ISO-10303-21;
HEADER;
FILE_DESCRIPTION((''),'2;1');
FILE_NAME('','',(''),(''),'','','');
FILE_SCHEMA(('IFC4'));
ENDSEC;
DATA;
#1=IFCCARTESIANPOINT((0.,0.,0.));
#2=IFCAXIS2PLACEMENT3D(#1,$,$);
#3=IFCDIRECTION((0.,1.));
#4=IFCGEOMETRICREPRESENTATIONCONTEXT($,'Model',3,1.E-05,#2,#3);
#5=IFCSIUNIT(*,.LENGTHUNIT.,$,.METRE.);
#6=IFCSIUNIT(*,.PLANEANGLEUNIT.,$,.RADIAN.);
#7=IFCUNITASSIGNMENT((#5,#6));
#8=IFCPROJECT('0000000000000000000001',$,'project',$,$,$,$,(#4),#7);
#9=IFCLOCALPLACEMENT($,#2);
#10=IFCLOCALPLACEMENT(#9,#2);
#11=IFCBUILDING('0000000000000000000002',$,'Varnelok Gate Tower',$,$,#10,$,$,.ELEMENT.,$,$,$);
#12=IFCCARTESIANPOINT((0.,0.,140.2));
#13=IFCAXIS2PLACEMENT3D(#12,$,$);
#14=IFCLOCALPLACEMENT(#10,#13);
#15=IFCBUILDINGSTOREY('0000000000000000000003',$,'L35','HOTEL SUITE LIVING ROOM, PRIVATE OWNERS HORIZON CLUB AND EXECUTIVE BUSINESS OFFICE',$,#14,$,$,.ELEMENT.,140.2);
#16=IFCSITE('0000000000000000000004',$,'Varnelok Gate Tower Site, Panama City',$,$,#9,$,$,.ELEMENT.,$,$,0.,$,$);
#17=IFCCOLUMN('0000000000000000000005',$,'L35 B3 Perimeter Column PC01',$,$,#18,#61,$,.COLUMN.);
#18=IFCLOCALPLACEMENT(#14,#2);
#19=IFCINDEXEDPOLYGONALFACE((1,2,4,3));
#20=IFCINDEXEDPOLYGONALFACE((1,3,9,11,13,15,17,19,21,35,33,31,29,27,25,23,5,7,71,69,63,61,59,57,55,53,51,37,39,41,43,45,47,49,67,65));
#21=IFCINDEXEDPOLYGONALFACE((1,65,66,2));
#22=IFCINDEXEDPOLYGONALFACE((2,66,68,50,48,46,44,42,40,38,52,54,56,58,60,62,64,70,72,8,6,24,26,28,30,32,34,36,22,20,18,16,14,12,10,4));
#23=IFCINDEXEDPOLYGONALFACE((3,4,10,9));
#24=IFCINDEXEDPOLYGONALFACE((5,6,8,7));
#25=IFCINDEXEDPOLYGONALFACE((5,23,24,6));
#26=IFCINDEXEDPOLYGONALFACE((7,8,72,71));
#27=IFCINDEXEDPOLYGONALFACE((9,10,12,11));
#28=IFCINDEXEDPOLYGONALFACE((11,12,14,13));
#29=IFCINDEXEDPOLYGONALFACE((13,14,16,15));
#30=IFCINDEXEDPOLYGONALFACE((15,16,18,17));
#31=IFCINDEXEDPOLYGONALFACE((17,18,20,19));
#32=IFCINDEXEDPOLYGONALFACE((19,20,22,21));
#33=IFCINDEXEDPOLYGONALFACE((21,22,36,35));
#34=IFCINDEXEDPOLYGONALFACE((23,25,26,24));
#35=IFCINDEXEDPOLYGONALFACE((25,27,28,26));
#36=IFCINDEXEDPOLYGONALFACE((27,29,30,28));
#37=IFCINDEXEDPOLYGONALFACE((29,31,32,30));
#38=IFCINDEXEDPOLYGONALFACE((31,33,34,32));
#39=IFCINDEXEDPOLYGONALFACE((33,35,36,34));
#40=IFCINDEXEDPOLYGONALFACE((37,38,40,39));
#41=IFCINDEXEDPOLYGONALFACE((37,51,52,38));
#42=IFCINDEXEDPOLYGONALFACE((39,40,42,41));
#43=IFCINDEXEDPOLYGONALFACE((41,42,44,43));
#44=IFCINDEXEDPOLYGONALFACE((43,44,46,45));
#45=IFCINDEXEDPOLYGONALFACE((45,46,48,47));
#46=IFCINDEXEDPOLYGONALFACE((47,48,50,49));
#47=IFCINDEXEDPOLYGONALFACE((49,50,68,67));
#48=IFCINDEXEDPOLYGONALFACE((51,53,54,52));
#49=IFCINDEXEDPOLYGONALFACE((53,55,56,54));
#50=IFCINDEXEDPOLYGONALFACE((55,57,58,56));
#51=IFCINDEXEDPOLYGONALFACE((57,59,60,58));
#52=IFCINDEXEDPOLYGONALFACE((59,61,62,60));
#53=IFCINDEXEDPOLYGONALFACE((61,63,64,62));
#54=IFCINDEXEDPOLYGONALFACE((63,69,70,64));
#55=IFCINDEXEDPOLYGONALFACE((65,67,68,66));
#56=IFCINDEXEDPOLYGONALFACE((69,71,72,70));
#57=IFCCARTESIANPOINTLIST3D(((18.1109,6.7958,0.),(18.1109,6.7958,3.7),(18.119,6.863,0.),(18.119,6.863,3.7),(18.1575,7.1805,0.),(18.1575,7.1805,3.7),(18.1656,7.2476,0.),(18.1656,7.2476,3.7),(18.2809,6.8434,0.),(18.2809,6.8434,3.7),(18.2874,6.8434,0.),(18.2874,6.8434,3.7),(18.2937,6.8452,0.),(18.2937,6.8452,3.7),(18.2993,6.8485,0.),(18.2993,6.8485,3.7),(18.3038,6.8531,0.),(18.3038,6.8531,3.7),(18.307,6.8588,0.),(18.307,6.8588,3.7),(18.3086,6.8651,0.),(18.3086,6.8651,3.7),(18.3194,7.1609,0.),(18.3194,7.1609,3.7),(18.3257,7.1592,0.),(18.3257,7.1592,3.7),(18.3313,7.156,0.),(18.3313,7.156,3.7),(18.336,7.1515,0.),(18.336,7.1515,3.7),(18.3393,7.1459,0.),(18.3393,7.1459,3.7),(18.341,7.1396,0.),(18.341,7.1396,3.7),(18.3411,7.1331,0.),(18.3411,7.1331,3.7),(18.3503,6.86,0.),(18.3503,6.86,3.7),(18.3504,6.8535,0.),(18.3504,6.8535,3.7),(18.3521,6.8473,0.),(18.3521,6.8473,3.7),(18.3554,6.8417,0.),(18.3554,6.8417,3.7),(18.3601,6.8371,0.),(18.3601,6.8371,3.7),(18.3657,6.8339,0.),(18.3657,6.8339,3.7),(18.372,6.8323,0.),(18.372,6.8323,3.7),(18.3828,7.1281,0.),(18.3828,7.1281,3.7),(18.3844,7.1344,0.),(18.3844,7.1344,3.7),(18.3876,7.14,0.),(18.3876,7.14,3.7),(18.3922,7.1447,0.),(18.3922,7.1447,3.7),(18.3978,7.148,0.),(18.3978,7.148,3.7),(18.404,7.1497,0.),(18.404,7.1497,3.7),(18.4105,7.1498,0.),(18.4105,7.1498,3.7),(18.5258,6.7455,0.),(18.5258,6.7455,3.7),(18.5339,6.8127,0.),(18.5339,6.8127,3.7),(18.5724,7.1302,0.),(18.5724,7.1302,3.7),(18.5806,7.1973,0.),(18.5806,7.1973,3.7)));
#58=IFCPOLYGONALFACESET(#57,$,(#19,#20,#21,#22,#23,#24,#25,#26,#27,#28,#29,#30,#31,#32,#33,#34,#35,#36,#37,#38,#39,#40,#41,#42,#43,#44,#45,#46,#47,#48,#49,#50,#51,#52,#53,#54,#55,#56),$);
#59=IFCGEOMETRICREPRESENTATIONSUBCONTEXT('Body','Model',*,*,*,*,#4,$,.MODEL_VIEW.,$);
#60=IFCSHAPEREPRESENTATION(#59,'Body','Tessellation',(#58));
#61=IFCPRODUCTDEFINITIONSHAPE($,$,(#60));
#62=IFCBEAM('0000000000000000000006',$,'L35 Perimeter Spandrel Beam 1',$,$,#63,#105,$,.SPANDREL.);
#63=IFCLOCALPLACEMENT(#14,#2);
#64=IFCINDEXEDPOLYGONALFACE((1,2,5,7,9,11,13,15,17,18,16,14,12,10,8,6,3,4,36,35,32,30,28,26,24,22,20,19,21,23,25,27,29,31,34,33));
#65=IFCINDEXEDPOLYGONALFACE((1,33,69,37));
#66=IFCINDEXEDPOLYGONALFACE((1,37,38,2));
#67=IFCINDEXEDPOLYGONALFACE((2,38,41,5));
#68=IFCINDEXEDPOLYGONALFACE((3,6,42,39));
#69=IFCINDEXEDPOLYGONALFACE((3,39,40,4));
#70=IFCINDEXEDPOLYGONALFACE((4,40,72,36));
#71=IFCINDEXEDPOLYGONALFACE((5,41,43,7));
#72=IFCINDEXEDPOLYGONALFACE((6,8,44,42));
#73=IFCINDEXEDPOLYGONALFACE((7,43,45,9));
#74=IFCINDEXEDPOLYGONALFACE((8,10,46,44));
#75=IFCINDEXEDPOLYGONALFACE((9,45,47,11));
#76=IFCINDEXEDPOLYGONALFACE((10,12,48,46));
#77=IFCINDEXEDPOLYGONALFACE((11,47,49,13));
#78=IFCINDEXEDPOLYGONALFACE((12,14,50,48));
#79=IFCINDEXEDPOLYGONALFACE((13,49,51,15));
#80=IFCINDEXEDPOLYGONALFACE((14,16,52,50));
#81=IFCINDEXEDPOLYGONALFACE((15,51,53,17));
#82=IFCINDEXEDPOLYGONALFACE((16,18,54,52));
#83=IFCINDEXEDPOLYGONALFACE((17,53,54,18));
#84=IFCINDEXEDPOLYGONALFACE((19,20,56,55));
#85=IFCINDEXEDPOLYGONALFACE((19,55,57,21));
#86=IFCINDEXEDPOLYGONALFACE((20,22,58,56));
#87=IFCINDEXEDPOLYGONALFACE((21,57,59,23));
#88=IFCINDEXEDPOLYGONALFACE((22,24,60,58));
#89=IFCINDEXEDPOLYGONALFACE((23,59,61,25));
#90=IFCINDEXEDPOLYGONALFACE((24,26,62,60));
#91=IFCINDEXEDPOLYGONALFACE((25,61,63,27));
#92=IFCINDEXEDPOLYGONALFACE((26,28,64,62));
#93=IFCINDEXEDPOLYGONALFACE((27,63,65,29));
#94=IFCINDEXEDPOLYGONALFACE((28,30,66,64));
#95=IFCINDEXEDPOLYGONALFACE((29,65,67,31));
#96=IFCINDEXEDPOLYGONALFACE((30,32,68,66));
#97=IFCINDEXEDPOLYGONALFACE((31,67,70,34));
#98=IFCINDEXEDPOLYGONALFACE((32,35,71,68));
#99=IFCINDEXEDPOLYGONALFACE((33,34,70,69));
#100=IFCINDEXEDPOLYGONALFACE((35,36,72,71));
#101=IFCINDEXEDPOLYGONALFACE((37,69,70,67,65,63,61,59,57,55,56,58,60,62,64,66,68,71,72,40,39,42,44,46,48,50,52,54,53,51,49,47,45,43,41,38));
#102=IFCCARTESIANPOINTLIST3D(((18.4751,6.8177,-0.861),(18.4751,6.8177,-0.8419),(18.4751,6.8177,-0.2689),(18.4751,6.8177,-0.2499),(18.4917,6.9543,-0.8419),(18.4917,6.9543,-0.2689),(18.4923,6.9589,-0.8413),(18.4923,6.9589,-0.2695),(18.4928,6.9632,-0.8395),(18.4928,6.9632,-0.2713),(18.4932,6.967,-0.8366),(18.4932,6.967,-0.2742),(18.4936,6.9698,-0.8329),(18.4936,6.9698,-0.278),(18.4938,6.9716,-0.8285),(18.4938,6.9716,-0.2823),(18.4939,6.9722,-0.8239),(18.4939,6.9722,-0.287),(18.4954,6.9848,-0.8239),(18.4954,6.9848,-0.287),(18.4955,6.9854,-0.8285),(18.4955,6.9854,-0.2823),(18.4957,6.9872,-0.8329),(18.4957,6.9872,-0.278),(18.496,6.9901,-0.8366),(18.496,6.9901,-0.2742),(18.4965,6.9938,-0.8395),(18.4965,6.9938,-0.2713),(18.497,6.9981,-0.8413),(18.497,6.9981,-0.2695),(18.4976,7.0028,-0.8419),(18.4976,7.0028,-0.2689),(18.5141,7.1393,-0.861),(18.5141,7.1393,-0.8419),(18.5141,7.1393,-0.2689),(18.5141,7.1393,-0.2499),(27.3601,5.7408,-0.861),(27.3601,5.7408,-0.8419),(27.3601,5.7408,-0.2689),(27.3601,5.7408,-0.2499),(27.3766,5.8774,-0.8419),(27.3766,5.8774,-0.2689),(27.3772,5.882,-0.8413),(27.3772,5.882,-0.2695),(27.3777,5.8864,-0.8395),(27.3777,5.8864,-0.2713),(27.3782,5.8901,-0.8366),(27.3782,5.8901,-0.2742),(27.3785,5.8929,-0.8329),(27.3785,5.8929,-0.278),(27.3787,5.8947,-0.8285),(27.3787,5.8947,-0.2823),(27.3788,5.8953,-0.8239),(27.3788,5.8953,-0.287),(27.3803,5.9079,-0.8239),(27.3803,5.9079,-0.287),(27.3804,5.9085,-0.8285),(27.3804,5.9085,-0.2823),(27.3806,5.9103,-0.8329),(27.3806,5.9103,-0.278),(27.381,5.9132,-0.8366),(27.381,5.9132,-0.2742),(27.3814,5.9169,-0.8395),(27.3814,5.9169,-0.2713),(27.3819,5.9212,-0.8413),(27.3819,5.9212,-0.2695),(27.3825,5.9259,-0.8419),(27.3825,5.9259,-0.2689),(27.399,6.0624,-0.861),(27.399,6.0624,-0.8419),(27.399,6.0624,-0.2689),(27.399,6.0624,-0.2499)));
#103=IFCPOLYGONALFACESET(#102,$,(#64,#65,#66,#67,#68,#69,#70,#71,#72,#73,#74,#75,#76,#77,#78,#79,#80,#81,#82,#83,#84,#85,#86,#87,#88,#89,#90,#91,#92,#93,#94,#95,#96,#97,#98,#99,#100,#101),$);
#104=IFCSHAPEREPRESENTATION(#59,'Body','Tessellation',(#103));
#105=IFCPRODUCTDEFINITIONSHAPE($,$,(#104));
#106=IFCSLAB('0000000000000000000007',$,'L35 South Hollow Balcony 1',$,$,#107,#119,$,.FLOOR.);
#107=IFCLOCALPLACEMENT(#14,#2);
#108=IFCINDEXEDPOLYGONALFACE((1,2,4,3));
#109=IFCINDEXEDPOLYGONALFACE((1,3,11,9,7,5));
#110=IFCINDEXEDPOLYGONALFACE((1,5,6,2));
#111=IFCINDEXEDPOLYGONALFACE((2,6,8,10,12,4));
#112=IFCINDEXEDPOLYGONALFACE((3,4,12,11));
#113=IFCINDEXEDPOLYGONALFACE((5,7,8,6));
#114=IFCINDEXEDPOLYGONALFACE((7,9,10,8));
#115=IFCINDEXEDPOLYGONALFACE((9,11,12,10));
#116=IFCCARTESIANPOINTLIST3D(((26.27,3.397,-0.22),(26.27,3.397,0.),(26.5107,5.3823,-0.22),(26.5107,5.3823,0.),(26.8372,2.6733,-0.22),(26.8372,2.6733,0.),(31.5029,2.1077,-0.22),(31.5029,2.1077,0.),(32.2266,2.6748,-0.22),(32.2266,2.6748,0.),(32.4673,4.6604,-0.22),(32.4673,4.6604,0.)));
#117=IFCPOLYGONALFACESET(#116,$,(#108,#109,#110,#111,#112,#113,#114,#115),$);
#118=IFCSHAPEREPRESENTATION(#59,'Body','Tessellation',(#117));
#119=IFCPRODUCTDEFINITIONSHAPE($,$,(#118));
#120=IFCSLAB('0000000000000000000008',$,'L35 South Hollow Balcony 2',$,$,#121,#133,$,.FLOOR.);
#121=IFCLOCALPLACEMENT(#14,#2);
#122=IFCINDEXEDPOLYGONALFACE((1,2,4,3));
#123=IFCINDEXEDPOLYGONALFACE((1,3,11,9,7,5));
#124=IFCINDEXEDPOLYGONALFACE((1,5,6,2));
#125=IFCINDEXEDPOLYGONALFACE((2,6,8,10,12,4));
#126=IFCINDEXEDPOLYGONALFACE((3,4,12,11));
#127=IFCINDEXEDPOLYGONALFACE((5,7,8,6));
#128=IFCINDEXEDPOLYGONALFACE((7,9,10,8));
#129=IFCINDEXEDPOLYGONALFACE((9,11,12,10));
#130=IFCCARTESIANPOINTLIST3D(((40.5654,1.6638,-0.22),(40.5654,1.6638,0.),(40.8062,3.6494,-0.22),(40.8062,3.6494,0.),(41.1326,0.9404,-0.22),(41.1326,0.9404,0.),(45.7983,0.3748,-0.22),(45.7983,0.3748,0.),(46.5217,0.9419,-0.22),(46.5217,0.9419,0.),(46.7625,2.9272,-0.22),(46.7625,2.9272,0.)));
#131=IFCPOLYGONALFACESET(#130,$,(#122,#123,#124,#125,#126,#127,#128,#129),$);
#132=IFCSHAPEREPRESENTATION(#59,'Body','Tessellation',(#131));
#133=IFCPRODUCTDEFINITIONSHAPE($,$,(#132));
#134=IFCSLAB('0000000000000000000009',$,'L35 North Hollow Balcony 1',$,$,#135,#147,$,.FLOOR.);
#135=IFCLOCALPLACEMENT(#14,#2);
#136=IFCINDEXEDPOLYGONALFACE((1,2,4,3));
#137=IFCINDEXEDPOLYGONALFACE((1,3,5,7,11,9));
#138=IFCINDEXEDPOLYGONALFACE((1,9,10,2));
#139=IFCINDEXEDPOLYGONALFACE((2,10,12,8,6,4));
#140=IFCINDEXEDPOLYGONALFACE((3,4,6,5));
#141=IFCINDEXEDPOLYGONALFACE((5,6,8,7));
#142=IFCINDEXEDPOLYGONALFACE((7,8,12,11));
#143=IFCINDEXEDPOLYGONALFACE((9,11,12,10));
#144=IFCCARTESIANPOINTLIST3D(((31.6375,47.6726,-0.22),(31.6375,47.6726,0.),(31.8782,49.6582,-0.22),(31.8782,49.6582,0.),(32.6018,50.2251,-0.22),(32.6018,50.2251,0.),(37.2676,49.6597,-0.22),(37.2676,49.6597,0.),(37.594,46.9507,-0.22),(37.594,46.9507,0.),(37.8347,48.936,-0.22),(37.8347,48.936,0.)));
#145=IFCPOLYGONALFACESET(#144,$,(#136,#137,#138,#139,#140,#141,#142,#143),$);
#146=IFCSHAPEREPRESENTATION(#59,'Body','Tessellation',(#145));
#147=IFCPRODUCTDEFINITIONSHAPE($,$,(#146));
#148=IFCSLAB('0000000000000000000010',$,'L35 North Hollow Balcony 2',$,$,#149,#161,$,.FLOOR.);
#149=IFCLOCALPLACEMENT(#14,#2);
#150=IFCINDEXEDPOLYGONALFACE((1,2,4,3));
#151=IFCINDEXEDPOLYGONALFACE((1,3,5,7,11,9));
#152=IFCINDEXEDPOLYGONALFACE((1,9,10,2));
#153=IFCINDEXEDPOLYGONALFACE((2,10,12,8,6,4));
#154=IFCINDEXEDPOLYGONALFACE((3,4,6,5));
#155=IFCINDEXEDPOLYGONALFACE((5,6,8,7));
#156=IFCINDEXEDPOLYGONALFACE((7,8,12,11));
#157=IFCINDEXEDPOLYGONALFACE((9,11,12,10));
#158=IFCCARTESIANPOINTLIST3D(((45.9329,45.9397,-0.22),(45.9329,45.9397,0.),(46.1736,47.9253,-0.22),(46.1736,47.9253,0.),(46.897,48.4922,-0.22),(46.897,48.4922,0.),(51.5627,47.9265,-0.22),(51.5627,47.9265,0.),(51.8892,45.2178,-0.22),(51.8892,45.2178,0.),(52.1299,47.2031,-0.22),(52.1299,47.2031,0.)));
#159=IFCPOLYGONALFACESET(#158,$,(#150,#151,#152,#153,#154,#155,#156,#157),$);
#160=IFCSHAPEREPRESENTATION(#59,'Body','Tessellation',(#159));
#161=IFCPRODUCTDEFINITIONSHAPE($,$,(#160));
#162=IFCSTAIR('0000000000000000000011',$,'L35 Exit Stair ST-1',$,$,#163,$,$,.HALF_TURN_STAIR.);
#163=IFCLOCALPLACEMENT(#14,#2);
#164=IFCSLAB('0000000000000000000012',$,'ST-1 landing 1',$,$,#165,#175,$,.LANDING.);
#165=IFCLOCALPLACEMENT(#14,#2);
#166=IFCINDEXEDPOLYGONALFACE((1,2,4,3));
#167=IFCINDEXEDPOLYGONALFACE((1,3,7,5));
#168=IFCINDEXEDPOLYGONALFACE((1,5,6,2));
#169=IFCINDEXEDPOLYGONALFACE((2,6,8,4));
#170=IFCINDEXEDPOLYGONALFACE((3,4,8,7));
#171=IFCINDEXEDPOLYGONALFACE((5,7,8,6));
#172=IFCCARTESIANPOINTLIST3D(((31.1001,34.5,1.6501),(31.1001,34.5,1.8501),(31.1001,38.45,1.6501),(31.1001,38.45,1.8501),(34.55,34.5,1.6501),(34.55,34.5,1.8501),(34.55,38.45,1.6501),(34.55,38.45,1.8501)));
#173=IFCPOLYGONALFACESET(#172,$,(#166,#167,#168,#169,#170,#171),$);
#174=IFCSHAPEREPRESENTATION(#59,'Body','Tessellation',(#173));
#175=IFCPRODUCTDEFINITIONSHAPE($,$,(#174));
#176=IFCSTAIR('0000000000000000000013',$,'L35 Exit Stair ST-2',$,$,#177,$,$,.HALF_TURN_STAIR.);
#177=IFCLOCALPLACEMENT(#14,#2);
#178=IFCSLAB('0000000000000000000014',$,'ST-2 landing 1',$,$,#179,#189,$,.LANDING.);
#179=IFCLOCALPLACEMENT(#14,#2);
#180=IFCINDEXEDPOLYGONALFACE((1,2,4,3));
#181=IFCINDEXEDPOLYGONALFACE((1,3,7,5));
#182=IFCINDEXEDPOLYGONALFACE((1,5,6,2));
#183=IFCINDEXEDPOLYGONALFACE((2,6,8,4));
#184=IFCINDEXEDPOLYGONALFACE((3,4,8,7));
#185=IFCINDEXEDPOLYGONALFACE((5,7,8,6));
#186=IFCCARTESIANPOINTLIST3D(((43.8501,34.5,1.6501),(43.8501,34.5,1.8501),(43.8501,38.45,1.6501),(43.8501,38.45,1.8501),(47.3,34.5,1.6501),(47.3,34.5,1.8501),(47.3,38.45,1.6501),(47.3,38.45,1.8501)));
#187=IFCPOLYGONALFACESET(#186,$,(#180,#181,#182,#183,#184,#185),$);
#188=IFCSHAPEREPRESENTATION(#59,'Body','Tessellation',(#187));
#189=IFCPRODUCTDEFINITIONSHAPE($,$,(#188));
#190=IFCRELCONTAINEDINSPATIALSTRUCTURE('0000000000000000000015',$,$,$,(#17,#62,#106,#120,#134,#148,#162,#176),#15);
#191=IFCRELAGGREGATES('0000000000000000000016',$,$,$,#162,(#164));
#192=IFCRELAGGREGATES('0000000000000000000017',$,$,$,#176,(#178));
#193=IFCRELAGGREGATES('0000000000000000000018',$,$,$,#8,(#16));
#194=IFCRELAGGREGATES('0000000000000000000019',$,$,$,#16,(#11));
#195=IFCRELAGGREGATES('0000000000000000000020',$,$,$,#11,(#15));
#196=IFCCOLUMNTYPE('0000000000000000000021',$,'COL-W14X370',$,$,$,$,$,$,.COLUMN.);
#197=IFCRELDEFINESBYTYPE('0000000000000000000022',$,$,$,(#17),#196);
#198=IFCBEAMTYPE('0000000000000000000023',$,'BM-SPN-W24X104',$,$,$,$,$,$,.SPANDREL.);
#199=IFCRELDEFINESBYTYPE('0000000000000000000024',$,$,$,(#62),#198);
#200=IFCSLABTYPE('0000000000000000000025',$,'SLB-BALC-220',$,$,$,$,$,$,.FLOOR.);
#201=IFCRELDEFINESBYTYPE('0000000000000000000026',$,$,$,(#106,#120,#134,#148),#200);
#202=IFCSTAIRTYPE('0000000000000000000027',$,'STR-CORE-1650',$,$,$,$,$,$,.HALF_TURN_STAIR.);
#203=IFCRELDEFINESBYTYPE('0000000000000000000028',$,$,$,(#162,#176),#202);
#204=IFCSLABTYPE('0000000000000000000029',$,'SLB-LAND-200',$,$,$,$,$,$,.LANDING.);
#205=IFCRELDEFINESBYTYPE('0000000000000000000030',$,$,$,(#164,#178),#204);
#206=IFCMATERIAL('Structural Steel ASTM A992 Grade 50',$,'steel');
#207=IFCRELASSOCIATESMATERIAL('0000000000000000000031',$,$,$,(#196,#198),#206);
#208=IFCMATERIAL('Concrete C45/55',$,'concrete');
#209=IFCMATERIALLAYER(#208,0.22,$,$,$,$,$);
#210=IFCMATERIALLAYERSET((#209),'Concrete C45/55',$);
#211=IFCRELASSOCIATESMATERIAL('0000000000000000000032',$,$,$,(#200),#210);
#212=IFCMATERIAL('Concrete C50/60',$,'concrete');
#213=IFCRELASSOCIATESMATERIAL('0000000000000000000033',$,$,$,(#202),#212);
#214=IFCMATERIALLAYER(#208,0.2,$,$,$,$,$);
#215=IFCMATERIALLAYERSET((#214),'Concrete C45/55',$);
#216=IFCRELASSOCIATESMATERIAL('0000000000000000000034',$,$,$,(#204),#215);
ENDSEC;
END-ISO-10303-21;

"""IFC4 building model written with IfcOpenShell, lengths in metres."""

from ifc_helpers import new_model, si_unit, direction, frame, origin, origin_2d, place, context, subcontext, project, spatial, polyline, i_section, outline, extrude, material, layer, layer_set, material_profile, profile_set, type_object, element, aggregate, save


model = new_model("IFC4")

# Units and contexts
model_context = context("Model", 3, precision=1e-05, world=origin(), true_north=direction((0.0, 1.0)))
body_context = subcontext(model_context, "Body", "Model", "MODEL_VIEW")
ifc_project = project(units=[si_unit("LENGTHUNIT", "METRE"), si_unit("PLANEANGLEUNIT", "RADIAN")], contexts=[model_context])

# Site, building, storey
site_placement = place(None, origin())
site = spatial("IfcSite", under=ifc_project, at=site_placement, Name="Varnelok Gate Tower Site, Panama City", CompositionType="ELEMENT", RefElevation=0.0)
building_placement = place(site_placement, origin())
building = spatial("IfcBuilding", under=site, at=building_placement, Name="Varnelok Gate Tower", CompositionType="ELEMENT")
storey_placement = place(building_placement, frame((0.0, 0.0, 140.2)))
storey = spatial("IfcBuildingStorey", under=building, at=storey_placement, Name="L35", Description="HOTEL SUITE LIVING ROOM, PRIVATE OWNERS HORIZON CLUB AND EXECUTIVE BUSINESS OFFICE", CompositionType="ELEMENT", Elevation=140.2)

# Column
ifc_material_1 = material(Name="Structural Steel ASTM A992 Grade 50", Category="steel")
ifc_material_profile_1 = material_profile(ifc_material_1, i_section(OverallWidth=0.418, OverallDepth=0.4551, WebThickness=0.042, FlangeThickness=0.0676, FilletRadius=0.0249, at=origin_2d()), Name="W14X370")
ifc_profile_set_1 = profile_set([ifc_material_profile_1], Name="Structural Steel ASTM A992 Grade 50")
column_type = type_object("IfcColumnType", Name="COL-W14X370", PredefinedType="COLUMN", material=ifc_profile_set_1)
column_placement = place(storey_placement, frame((18.3457, 6.9966, 0.0), z_axis=(0.0, 0.0, 1.0), x_axis=(0.992732, -0.120345, 0.0)))
element("IfcColumn", 1, at=column_placement, inside=storey, type_object=column_type, Name="L35 B3 Perimeter Column PC01", PredefinedType="COLUMN", context=body_context, shape_type="SweptSolid", body=[
    extrude(i_section(OverallWidth=0.418, OverallDepth=0.4551, WebThickness=0.042, FlangeThickness=0.0676, FilletRadius=0.0249, at=origin_2d()), origin(), (0.0, 0.0, 1.0), 3.7),
])

# Beam
ifc_material_profile_2 = material_profile(ifc_material_1, i_section(OverallWidth=0.324, OverallDepth=0.6111, WebThickness=0.0127, FlangeThickness=0.019, FilletRadius=0.0181, at=origin_2d()), Name="W24X104")
ifc_profile_set_2 = profile_set([ifc_material_profile_2], Name="Structural Steel ASTM A992 Grade 50")
beam_type = type_object("IfcBeamType", Name="BM-SPN-W24X104", PredefinedType="SPANDREL", material=ifc_profile_set_2)
beam_placement = place(storey_placement, frame((18.4946, 6.9785, -0.5554), z_axis=(0.992735, -0.120324, 0.0), x_axis=(0.120324, 0.992735, 0.0)))
element("IfcBeam", 2, at=beam_placement, inside=storey, type_object=beam_type, Name="L35 Perimeter Spandrel Beam 1", PredefinedType="SPANDREL", context=body_context, shape_type="SweptSolid", body=[
    extrude(i_section(OverallWidth=0.324, OverallDepth=0.6111, WebThickness=0.0127, FlangeThickness=0.019, FilletRadius=0.0181, at=origin_2d()), origin(), (0.0, 0.0, 1.0), 8.95),
])

# Slabs
ifc_material_2 = material(Name="Concrete C45/55", Category="concrete")
ifc_layer_1 = layer(ifc_material_2, 0.22)
ifc_layer_set_1 = layer_set([ifc_layer_1], Name="Concrete C45/55")
slab_type_1 = type_object("IfcSlabType", Name="SLB-BALC-220", PredefinedType="FLOOR", material=ifc_layer_set_1)
slab_1_placement = place(storey_placement, frame((0.0, 0.0, -0.22)))
element("IfcSlab", 3, at=slab_1_placement, inside=storey, type_object=slab_type_1, Name="L35 South Hollow Balcony 1", PredefinedType="FLOOR", context=body_context, shape_type="SweptSolid", body=[
    extrude(outline(polyline([(26.27, 3.397), (26.8372, 2.6733), (31.5029, 2.1077), (32.2266, 2.6748), (32.4673, 4.6604), (26.5107, 5.3823), (26.27, 3.397)])), origin(), (0.0, 0.0, 1.0), 0.22),
])
slab_2_placement = place(storey_placement, frame((0.0, 0.0, -0.22)))
element("IfcSlab", 4, at=slab_2_placement, inside=storey, type_object=slab_type_1, Name="L35 South Hollow Balcony 2", PredefinedType="FLOOR", context=body_context, shape_type="SweptSolid", body=[
    extrude(outline(polyline([(40.5654, 1.6638), (41.1326, 0.9404), (45.7983, 0.3748), (46.5217, 0.9419), (46.7625, 2.9272), (40.8062, 3.6494), (40.5654, 1.6638)])), origin(), (0.0, 0.0, 1.0), 0.22),
])
slab_3_placement = place(storey_placement, frame((0.0, 0.0, -0.22)))
element("IfcSlab", 5, at=slab_3_placement, inside=storey, type_object=slab_type_1, Name="L35 North Hollow Balcony 1", PredefinedType="FLOOR", context=body_context, shape_type="SweptSolid", body=[
    extrude(outline(polyline([(31.6375, 47.6726), (37.594, 46.9507), (37.8347, 48.936), (37.2676, 49.6597), (32.6018, 50.2251), (31.8782, 49.6582), (31.6375, 47.6726)])), origin(), (0.0, 0.0, 1.0), 0.22),
])
slab_4_placement = place(storey_placement, frame((0.0, 0.0, -0.22)))
element("IfcSlab", 6, at=slab_4_placement, inside=storey, type_object=slab_type_1, Name="L35 North Hollow Balcony 2", PredefinedType="FLOOR", context=body_context, shape_type="SweptSolid", body=[
    extrude(outline(polyline([(45.9329, 45.9397), (51.8892, 45.2178), (52.1299, 47.2031), (51.5627, 47.9265), (46.897, 48.4922), (46.1736, 47.9253), (45.9329, 45.9397)])), origin(), (0.0, 0.0, 1.0), 0.22),
])

# Stairs, slabs
ifc_material_3 = material(Name="Concrete C50/60", Category="concrete")
stair_type = type_object("IfcStairType", Name="STR-CORE-1650", PredefinedType="HALF_TURN_STAIR", material=ifc_material_3)
stair_1_placement = place(storey_placement, origin())
stair_1 = element("IfcStair", 7, at=stair_1_placement, inside=storey, type_object=stair_type, Name="L35 Exit Stair ST-1", PredefinedType="HALF_TURN_STAIR")
ifc_layer_2 = layer(ifc_material_2, 0.2)
ifc_layer_set_2 = layer_set([ifc_layer_2], Name="Concrete C45/55")
slab_type_2 = type_object("IfcSlabType", Name="SLB-LAND-200", PredefinedType="LANDING", material=ifc_layer_set_2)
slab_5_placement = place(storey_placement, frame((0.0, 0.0, 1.6501)))
slab_5 = element("IfcSlab", 8, at=slab_5_placement, type_object=slab_type_2, Name="ST-1 landing 1", PredefinedType="LANDING", context=body_context, shape_type="SweptSolid", body=[
    extrude(outline(polyline([(34.55, 34.5), (34.55, 38.45), (31.1001, 38.45), (31.1001, 34.5), (34.55, 34.5)])), origin(), (0.0, 0.0, 1.0), 0.2),
])
aggregate(stair_1, [slab_5])
stair_2_placement = place(storey_placement, origin())
stair_2 = element("IfcStair", 9, at=stair_2_placement, inside=storey, type_object=stair_type, Name="L35 Exit Stair ST-2", PredefinedType="HALF_TURN_STAIR")
slab_6_placement = place(storey_placement, frame((0.0, 0.0, 1.6501)))
slab_6 = element("IfcSlab", 10, at=slab_6_placement, type_object=slab_type_2, Name="ST-2 landing 1", PredefinedType="LANDING", context=body_context, shape_type="SweptSolid", body=[
    extrude(outline(polyline([(47.3, 34.5), (47.3, 38.45), (43.8501, 38.45), (43.8501, 34.5), (47.3, 34.5)])), origin(), (0.0, 0.0, 1.0), 0.2),
])
aggregate(stair_2, [slab_6])

save(model, "model.ifc")
